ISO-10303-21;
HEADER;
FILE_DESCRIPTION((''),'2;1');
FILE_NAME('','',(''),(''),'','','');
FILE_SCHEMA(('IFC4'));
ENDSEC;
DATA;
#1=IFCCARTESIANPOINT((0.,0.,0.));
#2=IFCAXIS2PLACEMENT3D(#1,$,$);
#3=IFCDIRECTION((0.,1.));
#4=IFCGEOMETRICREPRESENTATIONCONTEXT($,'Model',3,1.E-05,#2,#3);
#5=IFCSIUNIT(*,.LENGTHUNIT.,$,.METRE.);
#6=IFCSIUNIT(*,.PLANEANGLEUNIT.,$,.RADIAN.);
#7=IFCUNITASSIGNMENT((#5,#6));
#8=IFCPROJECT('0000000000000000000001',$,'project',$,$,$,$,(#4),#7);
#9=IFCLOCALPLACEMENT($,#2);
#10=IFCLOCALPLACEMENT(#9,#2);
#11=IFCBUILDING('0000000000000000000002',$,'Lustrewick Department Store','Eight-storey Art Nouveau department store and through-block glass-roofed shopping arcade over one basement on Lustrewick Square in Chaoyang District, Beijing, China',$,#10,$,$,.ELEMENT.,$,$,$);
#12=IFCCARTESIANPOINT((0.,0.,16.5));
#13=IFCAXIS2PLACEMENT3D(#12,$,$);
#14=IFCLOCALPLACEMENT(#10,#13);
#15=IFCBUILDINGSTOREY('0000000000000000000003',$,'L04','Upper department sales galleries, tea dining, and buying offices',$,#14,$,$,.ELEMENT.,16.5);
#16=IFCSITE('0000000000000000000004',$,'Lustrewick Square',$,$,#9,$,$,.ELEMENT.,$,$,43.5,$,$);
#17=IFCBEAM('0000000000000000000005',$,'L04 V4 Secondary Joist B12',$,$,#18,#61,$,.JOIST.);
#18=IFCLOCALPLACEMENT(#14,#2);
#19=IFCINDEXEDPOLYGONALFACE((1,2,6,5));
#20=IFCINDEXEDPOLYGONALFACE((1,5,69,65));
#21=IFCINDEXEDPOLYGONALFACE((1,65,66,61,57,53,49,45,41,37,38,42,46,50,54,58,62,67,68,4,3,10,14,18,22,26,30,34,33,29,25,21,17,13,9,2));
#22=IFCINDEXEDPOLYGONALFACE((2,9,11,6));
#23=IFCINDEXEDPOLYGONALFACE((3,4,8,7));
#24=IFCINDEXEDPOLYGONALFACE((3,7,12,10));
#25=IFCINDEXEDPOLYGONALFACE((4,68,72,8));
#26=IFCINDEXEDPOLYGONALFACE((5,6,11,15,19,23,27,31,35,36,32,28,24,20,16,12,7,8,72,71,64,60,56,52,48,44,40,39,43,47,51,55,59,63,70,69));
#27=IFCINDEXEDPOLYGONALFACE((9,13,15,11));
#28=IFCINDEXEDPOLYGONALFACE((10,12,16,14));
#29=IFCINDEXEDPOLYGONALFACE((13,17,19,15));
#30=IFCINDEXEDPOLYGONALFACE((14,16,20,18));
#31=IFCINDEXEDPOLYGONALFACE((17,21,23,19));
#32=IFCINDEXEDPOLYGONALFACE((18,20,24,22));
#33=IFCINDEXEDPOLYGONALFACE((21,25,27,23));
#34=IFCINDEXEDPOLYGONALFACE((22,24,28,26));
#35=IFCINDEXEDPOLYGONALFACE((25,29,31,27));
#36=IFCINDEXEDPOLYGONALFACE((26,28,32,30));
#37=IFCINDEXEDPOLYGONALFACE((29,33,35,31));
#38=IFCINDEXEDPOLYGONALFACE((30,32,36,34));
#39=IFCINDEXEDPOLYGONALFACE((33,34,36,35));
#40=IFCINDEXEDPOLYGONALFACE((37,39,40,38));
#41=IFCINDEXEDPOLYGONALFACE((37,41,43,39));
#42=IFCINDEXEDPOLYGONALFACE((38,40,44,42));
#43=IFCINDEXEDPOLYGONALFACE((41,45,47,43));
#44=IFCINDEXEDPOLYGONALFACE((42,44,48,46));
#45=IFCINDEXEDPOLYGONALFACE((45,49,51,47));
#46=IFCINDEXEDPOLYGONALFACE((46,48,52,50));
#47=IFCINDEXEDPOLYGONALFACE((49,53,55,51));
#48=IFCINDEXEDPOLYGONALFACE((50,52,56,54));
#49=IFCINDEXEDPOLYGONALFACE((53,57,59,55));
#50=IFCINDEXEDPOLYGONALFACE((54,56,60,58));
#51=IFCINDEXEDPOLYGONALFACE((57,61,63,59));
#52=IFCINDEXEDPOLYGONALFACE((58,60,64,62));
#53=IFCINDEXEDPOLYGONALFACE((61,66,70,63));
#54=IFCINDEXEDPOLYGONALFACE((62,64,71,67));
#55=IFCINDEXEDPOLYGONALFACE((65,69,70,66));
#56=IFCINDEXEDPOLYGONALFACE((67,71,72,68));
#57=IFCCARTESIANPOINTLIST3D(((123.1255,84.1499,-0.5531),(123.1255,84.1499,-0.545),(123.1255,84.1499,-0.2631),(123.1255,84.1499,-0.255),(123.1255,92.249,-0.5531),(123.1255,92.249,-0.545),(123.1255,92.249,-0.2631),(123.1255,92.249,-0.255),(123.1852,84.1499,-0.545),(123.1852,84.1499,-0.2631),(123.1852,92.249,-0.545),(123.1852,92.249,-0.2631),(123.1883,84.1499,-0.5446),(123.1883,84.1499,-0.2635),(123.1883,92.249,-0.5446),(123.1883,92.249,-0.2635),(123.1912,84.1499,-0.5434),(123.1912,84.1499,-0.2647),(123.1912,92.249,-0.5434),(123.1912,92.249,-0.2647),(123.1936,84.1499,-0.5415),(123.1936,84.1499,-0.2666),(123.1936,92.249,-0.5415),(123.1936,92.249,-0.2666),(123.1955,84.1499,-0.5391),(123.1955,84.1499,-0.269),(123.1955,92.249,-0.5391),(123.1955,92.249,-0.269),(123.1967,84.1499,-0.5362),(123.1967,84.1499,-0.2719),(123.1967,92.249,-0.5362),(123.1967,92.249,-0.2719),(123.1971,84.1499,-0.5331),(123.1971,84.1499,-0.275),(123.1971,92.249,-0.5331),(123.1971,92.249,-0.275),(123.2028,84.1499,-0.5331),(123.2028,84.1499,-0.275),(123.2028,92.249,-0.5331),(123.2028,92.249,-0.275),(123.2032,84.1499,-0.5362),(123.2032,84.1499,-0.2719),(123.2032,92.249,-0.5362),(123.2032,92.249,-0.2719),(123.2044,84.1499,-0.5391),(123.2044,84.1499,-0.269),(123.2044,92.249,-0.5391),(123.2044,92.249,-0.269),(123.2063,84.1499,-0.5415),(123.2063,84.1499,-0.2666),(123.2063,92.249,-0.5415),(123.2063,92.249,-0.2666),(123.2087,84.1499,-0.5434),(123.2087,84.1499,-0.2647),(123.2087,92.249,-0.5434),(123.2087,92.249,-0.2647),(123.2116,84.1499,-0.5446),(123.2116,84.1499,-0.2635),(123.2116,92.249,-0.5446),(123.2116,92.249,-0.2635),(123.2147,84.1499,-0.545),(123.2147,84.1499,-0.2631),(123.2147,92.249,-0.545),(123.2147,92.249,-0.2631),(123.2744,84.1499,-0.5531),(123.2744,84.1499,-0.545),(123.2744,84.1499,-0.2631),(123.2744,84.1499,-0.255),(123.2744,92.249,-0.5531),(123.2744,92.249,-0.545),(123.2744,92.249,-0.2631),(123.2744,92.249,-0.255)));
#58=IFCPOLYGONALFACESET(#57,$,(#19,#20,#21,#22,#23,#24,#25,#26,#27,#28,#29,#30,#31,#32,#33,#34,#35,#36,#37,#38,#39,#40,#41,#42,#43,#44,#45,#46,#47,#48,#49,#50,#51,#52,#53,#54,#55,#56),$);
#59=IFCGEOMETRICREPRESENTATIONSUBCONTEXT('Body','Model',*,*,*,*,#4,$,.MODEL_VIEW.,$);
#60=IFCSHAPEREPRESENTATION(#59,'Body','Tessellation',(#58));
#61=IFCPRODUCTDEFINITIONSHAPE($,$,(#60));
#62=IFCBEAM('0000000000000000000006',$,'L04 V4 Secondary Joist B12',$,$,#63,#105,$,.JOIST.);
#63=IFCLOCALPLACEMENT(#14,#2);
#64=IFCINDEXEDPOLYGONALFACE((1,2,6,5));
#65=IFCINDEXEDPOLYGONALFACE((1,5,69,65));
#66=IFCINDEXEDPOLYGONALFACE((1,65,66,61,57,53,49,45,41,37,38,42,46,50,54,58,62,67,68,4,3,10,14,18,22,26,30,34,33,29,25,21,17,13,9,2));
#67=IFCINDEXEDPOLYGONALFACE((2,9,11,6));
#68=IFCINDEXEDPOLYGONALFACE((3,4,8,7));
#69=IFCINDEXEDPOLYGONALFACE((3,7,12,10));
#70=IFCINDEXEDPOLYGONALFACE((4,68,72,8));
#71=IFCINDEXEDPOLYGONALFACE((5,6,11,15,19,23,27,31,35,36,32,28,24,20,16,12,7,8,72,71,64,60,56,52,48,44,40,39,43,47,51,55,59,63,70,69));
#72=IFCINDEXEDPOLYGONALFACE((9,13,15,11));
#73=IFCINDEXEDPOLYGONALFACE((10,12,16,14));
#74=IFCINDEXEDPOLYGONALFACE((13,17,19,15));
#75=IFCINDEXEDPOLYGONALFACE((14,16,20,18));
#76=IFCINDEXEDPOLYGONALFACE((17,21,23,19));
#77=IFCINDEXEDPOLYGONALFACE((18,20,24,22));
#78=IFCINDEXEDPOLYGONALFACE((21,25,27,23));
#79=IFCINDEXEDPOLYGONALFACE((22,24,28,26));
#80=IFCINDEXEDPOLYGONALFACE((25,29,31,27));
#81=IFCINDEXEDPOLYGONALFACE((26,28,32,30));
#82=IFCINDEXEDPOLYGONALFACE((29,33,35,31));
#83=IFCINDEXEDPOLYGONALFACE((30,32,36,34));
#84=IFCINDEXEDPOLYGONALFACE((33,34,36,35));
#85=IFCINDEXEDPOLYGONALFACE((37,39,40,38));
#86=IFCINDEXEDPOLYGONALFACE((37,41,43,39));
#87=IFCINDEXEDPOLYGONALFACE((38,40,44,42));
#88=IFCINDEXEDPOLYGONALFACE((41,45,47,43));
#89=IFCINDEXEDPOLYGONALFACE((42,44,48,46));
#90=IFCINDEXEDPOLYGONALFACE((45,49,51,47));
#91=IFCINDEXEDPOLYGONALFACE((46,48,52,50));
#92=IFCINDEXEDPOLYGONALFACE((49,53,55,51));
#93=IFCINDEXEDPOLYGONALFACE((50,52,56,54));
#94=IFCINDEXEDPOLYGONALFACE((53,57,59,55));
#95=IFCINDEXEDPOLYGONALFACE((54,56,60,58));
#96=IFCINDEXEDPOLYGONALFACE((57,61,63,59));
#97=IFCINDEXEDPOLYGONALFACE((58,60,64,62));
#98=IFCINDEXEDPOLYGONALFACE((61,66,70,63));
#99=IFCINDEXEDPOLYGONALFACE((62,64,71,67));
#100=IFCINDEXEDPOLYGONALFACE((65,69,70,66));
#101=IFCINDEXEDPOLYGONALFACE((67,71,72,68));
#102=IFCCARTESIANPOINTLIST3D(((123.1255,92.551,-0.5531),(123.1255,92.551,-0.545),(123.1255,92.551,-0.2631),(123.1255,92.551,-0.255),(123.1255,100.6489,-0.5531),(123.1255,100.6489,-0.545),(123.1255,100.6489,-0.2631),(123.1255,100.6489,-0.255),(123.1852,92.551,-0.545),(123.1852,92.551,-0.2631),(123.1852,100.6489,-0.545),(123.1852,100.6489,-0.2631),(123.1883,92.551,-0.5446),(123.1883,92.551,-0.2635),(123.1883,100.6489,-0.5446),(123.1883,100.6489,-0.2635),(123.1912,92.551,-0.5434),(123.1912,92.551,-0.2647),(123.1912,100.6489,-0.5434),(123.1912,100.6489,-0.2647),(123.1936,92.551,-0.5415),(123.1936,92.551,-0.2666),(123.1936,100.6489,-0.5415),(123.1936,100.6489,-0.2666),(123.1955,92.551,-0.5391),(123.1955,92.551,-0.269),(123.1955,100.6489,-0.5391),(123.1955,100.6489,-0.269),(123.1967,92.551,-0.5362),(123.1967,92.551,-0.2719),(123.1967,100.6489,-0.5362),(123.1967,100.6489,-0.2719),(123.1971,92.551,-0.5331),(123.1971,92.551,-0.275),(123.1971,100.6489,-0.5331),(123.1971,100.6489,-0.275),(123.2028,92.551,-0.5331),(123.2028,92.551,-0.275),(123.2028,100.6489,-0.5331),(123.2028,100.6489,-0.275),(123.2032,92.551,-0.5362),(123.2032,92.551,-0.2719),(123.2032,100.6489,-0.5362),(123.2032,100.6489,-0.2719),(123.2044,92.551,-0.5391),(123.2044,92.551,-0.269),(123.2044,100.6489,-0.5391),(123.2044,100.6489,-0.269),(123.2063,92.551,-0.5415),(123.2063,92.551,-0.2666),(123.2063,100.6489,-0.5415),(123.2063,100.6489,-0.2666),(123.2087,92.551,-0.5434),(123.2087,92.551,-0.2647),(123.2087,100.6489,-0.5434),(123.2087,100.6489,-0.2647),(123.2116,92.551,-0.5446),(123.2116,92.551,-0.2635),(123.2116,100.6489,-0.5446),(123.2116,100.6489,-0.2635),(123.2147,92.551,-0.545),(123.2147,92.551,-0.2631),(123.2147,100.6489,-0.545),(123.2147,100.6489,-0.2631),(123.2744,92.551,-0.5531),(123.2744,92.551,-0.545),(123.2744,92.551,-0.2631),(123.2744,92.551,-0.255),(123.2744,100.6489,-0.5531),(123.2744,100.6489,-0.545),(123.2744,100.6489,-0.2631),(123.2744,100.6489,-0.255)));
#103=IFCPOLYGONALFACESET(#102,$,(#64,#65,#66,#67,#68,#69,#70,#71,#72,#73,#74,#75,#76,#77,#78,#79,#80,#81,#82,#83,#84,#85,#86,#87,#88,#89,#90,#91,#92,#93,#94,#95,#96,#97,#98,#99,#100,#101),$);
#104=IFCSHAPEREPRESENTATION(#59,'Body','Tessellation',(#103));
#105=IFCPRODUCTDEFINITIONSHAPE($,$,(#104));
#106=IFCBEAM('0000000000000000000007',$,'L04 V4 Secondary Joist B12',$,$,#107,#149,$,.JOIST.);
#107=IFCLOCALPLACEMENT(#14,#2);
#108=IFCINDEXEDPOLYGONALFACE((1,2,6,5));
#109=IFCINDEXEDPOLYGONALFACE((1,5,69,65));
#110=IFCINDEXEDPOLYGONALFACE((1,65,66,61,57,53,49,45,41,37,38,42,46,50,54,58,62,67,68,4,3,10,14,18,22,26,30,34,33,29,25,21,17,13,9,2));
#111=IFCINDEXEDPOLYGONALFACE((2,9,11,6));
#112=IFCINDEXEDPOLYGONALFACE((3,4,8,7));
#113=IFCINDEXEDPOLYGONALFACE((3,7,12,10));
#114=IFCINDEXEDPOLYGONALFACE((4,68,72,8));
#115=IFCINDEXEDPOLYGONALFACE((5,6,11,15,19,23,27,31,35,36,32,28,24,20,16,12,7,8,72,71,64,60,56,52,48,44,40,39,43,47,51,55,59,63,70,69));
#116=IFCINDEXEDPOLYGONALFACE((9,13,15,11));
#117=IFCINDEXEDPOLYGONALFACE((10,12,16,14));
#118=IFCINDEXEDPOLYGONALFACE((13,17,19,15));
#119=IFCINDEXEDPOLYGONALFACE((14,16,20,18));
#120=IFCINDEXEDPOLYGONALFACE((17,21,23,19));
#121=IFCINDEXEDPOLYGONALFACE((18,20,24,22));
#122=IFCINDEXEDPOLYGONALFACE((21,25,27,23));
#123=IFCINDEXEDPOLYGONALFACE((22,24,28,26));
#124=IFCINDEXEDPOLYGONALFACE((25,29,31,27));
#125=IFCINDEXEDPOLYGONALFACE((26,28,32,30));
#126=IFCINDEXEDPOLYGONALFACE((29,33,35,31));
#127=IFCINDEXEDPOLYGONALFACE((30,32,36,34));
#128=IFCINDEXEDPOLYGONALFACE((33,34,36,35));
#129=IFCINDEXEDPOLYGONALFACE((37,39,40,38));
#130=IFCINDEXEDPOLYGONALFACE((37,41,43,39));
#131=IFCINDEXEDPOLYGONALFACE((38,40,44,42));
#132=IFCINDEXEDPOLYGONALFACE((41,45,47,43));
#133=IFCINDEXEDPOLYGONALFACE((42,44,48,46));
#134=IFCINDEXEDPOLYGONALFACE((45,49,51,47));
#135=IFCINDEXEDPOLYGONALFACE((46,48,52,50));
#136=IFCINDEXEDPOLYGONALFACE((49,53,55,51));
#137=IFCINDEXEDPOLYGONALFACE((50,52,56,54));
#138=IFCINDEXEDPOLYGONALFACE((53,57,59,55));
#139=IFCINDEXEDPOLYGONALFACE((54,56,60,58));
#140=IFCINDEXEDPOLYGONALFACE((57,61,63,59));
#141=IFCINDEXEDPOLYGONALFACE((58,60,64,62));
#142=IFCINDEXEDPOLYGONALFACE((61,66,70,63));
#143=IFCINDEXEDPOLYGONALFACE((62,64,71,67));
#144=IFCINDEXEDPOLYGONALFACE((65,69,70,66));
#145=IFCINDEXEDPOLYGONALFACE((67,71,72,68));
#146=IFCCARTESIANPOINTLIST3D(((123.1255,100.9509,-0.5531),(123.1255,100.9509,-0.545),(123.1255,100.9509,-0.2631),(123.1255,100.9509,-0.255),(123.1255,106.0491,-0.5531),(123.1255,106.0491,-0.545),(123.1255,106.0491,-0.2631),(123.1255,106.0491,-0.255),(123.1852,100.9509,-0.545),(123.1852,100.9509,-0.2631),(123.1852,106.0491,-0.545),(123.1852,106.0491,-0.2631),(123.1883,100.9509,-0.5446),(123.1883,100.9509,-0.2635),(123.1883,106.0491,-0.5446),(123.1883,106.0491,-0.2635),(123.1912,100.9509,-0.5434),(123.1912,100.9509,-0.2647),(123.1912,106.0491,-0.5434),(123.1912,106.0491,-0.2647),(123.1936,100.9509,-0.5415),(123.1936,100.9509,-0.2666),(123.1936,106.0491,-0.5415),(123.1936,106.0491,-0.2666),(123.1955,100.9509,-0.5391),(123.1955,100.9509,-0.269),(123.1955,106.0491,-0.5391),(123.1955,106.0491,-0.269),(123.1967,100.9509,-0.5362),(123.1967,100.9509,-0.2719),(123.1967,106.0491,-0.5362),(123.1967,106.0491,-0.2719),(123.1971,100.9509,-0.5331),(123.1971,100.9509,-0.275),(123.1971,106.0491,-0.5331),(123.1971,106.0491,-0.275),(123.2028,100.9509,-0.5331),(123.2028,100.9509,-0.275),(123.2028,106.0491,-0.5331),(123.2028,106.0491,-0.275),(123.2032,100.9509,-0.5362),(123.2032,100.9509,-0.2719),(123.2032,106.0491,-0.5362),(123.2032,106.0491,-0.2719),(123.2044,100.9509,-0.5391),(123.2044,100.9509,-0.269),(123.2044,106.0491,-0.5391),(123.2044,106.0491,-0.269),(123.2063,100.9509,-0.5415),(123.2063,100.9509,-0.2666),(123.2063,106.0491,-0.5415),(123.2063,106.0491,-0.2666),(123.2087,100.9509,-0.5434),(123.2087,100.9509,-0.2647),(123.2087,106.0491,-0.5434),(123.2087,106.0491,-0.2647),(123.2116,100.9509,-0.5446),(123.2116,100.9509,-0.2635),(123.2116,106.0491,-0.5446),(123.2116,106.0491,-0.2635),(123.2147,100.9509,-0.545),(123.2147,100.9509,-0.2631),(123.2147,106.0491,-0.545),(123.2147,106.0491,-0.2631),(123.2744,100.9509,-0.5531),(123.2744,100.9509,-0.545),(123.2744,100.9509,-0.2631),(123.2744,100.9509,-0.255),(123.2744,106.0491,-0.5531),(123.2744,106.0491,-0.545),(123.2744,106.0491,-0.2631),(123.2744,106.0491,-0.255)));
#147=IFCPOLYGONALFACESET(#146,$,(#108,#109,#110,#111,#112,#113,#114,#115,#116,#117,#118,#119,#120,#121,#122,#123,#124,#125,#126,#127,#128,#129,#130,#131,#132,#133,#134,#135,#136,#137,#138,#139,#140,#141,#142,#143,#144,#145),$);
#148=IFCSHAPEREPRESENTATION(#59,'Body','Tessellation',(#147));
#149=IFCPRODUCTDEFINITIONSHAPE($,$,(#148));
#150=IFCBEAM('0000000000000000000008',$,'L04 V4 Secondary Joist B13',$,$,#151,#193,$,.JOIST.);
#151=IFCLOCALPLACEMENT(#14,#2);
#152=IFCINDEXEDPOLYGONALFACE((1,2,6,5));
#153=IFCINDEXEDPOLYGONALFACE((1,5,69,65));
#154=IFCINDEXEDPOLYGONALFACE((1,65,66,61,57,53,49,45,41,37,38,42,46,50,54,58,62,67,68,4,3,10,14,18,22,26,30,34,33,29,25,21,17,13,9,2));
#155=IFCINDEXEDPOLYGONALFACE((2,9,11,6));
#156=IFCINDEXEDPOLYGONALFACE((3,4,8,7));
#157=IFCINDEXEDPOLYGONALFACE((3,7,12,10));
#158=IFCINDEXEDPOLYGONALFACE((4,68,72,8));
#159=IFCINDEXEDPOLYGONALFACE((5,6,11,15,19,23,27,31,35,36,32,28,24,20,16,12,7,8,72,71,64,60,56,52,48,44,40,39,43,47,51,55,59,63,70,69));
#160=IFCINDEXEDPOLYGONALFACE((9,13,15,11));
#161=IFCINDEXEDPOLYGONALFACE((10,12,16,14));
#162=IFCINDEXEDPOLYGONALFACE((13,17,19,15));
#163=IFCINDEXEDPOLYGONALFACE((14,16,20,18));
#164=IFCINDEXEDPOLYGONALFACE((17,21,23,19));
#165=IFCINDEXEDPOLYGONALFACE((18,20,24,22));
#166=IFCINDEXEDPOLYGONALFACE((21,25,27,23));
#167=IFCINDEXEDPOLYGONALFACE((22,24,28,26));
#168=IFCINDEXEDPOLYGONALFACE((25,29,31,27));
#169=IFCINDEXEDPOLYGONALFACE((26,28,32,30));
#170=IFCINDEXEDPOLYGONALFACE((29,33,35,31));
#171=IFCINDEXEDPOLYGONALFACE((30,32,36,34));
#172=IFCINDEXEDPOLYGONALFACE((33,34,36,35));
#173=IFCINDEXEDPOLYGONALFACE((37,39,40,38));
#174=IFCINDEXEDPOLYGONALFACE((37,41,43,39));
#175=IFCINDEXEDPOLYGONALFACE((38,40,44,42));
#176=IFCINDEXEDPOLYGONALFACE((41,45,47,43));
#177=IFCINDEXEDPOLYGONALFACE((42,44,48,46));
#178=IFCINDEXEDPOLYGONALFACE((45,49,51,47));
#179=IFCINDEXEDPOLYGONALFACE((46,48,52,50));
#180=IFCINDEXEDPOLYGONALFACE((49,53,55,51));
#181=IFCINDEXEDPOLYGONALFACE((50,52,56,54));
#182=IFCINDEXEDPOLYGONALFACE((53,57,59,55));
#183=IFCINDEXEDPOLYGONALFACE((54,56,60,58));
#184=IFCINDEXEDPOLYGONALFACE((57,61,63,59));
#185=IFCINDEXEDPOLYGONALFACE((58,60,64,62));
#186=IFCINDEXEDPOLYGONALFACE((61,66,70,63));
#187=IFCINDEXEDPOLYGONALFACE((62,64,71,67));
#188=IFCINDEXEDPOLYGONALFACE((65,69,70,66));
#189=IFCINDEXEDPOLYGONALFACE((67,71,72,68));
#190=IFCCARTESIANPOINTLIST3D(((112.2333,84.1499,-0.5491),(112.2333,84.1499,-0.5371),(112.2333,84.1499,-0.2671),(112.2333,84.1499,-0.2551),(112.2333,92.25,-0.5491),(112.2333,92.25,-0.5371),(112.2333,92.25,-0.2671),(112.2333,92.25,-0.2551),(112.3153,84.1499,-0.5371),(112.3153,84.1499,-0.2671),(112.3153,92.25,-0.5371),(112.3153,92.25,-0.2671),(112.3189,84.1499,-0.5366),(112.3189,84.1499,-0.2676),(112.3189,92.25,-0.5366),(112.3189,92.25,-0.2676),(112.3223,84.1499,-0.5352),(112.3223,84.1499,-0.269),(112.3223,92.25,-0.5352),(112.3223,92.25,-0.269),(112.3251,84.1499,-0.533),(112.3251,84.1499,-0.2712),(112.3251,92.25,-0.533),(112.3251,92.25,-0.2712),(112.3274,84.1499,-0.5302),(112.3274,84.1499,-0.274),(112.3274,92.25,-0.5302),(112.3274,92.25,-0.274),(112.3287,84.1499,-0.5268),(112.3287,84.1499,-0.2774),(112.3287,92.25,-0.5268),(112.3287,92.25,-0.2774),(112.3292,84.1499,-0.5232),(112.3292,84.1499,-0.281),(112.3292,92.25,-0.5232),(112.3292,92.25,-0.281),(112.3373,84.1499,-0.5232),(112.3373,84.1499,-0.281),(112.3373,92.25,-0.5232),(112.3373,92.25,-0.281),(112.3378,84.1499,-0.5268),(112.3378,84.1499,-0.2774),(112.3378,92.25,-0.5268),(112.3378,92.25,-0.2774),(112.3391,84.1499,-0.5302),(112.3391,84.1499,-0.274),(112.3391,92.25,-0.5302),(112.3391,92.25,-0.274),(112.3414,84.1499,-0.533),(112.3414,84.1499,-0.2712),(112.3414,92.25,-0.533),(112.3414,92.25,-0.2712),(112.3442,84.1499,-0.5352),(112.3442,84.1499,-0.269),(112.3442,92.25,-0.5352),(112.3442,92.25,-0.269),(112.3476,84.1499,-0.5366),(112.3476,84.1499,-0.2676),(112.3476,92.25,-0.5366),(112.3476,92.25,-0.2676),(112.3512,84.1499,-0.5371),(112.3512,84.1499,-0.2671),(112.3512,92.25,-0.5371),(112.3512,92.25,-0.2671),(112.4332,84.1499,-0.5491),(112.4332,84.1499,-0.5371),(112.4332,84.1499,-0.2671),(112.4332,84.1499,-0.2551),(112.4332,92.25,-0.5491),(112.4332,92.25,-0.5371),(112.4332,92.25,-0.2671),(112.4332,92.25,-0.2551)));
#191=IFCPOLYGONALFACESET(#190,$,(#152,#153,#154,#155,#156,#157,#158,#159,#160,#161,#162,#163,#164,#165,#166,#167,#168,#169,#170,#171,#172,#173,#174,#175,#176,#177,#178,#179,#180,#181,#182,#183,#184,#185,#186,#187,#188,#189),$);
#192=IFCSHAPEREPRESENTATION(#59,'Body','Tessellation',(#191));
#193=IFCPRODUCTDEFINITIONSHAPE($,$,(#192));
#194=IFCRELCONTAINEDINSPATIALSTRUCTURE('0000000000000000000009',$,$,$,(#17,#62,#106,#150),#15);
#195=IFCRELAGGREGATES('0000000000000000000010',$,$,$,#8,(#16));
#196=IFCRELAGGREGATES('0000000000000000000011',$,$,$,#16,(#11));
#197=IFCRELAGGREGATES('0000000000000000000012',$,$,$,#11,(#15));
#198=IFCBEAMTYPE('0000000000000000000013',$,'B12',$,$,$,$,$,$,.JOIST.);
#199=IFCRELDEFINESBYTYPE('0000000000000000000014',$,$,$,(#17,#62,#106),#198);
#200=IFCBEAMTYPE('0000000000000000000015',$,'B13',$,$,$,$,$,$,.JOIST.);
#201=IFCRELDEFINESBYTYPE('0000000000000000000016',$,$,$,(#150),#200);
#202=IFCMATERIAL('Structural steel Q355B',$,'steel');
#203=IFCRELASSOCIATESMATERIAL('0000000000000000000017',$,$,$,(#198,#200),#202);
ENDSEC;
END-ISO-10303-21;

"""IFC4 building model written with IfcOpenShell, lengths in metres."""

from ifc_helpers import new_model, si_unit, direction, frame, origin, origin_2d, place, context, subcontext, project, spatial, i_section, extrude, material, material_profile, profile_set, type_object, element, save


model = new_model("IFC4")

# Units and contexts
model_context = context("Model", 3, precision=1e-05, world=origin(), true_north=direction((0.0, 1.0)))
body_context = subcontext(model_context, "Body", "Model", "MODEL_VIEW")
ifc_project = project(units=[si_unit("LENGTHUNIT", "METRE"), si_unit("PLANEANGLEUNIT", "RADIAN")], contexts=[model_context])

# Site, building, storey
site_placement = place(None, origin())
site = spatial("IfcSite", under=ifc_project, at=site_placement, Name="Lustrewick Square", CompositionType="ELEMENT", RefElevation=43.5)
building_placement = place(site_placement, origin())
building = spatial("IfcBuilding", under=site, at=building_placement, Name="Lustrewick Department Store", Description="Eight-storey Art Nouveau department store and through-block glass-roofed shopping arcade over one basement on Lustrewick Square in Chaoyang District, Beijing, China", CompositionType="ELEMENT")
storey_placement = place(building_placement, frame((0.0, 0.0, 16.5)))
storey = spatial("IfcBuildingStorey", under=building, at=storey_placement, Name="L04", Description="Upper department sales galleries, tea dining, and buying offices", CompositionType="ELEMENT", Elevation=16.5)

# Shared definitions
ifc_material_1 = material(Name="Structural steel Q355B", Category="steel")

# Beams
ifc_material_profile_1 = material_profile(ifc_material_1, i_section(OverallWidth=0.1489, OverallDepth=0.2981, WebThickness=0.0056, FlangeThickness=0.0081, FilletRadius=0.012, at=origin_2d()), Name="HN 298x149x5.5x8")
ifc_profile_set_1 = profile_set([ifc_material_profile_1], Name="Structural steel Q355B")
beam_type_1 = type_object("IfcBeamType", Name="B12", PredefinedType="JOIST", material=ifc_profile_set_1)
beam_1_placement = place(storey_placement, frame((123.2, 84.1499, -0.4041), z_axis=(0.0, 1.0, 0.0), x_axis=(-1.0, 0.0, 0.0)))
element("IfcBeam", 1, at=beam_1_placement, inside=storey, type_object=beam_type_1, Name="L04 V4 Secondary Joist B12", PredefinedType="JOIST", context=body_context, shape_type="SweptSolid", body=[
    extrude(i_section(OverallWidth=0.1489, OverallDepth=0.2981, WebThickness=0.0056, FlangeThickness=0.0081, FilletRadius=0.012, at=origin_2d()), origin(), (0.0, 0.0, 1.0), 8.0991),
])
beam_2_placement = place(storey_placement, frame((123.2, 92.551, -0.4041), z_axis=(0.0, 1.0, 0.0), x_axis=(-1.0, 0.0, 0.0)))
element("IfcBeam", 2, at=beam_2_placement, inside=storey, type_object=beam_type_1, Name="L04 V4 Secondary Joist B12", PredefinedType="JOIST", context=body_context, shape_type="SweptSolid", body=[
    extrude(i_section(OverallWidth=0.1489, OverallDepth=0.2981, WebThickness=0.0056, FlangeThickness=0.0081, FilletRadius=0.012, at=origin_2d()), origin(), (0.0, 0.0, 1.0), 8.0979),
])
beam_3_placement = place(storey_placement, frame((123.2, 100.9509, -0.4041), z_axis=(0.0, 1.0, 0.0), x_axis=(-1.0, 0.0, 0.0)))
element("IfcBeam", 3, at=beam_3_placement, inside=storey, type_object=beam_type_1, Name="L04 V4 Secondary Joist B12", PredefinedType="JOIST", context=body_context, shape_type="SweptSolid", body=[
    extrude(i_section(OverallWidth=0.1489, OverallDepth=0.2981, WebThickness=0.0056, FlangeThickness=0.0081, FilletRadius=0.012, at=origin_2d()), origin(), (0.0, 0.0, 1.0), 5.0981),
])
ifc_material_profile_2 = material_profile(ifc_material_1, i_section(OverallWidth=0.2, OverallDepth=0.2939, WebThickness=0.0081, FlangeThickness=0.012, FilletRadius=0.0139, at=origin_2d()), Name="HM 294x200x8x12")
ifc_profile_set_2 = profile_set([ifc_material_profile_2], Name="Structural steel Q355B")
beam_type_2 = type_object("IfcBeamType", Name="B13", PredefinedType="JOIST", material=ifc_profile_set_2)
beam_4_placement = place(storey_placement, frame((112.3333, 84.1499, -0.4021), z_axis=(0.0, 1.0, 0.0), x_axis=(-1.0, 0.0, 0.0)))
element("IfcBeam", 4, at=beam_4_placement, inside=storey, type_object=beam_type_2, Name="L04 V4 Secondary Joist B13", PredefinedType="JOIST", context=body_context, shape_type="SweptSolid", body=[
    extrude(i_section(OverallWidth=0.2, OverallDepth=0.2939, WebThickness=0.0081, FlangeThickness=0.012, FilletRadius=0.0139, at=origin_2d()), origin(), (0.0, 0.0, 1.0), 8.1001),
])

save(model, "model.ifc")
